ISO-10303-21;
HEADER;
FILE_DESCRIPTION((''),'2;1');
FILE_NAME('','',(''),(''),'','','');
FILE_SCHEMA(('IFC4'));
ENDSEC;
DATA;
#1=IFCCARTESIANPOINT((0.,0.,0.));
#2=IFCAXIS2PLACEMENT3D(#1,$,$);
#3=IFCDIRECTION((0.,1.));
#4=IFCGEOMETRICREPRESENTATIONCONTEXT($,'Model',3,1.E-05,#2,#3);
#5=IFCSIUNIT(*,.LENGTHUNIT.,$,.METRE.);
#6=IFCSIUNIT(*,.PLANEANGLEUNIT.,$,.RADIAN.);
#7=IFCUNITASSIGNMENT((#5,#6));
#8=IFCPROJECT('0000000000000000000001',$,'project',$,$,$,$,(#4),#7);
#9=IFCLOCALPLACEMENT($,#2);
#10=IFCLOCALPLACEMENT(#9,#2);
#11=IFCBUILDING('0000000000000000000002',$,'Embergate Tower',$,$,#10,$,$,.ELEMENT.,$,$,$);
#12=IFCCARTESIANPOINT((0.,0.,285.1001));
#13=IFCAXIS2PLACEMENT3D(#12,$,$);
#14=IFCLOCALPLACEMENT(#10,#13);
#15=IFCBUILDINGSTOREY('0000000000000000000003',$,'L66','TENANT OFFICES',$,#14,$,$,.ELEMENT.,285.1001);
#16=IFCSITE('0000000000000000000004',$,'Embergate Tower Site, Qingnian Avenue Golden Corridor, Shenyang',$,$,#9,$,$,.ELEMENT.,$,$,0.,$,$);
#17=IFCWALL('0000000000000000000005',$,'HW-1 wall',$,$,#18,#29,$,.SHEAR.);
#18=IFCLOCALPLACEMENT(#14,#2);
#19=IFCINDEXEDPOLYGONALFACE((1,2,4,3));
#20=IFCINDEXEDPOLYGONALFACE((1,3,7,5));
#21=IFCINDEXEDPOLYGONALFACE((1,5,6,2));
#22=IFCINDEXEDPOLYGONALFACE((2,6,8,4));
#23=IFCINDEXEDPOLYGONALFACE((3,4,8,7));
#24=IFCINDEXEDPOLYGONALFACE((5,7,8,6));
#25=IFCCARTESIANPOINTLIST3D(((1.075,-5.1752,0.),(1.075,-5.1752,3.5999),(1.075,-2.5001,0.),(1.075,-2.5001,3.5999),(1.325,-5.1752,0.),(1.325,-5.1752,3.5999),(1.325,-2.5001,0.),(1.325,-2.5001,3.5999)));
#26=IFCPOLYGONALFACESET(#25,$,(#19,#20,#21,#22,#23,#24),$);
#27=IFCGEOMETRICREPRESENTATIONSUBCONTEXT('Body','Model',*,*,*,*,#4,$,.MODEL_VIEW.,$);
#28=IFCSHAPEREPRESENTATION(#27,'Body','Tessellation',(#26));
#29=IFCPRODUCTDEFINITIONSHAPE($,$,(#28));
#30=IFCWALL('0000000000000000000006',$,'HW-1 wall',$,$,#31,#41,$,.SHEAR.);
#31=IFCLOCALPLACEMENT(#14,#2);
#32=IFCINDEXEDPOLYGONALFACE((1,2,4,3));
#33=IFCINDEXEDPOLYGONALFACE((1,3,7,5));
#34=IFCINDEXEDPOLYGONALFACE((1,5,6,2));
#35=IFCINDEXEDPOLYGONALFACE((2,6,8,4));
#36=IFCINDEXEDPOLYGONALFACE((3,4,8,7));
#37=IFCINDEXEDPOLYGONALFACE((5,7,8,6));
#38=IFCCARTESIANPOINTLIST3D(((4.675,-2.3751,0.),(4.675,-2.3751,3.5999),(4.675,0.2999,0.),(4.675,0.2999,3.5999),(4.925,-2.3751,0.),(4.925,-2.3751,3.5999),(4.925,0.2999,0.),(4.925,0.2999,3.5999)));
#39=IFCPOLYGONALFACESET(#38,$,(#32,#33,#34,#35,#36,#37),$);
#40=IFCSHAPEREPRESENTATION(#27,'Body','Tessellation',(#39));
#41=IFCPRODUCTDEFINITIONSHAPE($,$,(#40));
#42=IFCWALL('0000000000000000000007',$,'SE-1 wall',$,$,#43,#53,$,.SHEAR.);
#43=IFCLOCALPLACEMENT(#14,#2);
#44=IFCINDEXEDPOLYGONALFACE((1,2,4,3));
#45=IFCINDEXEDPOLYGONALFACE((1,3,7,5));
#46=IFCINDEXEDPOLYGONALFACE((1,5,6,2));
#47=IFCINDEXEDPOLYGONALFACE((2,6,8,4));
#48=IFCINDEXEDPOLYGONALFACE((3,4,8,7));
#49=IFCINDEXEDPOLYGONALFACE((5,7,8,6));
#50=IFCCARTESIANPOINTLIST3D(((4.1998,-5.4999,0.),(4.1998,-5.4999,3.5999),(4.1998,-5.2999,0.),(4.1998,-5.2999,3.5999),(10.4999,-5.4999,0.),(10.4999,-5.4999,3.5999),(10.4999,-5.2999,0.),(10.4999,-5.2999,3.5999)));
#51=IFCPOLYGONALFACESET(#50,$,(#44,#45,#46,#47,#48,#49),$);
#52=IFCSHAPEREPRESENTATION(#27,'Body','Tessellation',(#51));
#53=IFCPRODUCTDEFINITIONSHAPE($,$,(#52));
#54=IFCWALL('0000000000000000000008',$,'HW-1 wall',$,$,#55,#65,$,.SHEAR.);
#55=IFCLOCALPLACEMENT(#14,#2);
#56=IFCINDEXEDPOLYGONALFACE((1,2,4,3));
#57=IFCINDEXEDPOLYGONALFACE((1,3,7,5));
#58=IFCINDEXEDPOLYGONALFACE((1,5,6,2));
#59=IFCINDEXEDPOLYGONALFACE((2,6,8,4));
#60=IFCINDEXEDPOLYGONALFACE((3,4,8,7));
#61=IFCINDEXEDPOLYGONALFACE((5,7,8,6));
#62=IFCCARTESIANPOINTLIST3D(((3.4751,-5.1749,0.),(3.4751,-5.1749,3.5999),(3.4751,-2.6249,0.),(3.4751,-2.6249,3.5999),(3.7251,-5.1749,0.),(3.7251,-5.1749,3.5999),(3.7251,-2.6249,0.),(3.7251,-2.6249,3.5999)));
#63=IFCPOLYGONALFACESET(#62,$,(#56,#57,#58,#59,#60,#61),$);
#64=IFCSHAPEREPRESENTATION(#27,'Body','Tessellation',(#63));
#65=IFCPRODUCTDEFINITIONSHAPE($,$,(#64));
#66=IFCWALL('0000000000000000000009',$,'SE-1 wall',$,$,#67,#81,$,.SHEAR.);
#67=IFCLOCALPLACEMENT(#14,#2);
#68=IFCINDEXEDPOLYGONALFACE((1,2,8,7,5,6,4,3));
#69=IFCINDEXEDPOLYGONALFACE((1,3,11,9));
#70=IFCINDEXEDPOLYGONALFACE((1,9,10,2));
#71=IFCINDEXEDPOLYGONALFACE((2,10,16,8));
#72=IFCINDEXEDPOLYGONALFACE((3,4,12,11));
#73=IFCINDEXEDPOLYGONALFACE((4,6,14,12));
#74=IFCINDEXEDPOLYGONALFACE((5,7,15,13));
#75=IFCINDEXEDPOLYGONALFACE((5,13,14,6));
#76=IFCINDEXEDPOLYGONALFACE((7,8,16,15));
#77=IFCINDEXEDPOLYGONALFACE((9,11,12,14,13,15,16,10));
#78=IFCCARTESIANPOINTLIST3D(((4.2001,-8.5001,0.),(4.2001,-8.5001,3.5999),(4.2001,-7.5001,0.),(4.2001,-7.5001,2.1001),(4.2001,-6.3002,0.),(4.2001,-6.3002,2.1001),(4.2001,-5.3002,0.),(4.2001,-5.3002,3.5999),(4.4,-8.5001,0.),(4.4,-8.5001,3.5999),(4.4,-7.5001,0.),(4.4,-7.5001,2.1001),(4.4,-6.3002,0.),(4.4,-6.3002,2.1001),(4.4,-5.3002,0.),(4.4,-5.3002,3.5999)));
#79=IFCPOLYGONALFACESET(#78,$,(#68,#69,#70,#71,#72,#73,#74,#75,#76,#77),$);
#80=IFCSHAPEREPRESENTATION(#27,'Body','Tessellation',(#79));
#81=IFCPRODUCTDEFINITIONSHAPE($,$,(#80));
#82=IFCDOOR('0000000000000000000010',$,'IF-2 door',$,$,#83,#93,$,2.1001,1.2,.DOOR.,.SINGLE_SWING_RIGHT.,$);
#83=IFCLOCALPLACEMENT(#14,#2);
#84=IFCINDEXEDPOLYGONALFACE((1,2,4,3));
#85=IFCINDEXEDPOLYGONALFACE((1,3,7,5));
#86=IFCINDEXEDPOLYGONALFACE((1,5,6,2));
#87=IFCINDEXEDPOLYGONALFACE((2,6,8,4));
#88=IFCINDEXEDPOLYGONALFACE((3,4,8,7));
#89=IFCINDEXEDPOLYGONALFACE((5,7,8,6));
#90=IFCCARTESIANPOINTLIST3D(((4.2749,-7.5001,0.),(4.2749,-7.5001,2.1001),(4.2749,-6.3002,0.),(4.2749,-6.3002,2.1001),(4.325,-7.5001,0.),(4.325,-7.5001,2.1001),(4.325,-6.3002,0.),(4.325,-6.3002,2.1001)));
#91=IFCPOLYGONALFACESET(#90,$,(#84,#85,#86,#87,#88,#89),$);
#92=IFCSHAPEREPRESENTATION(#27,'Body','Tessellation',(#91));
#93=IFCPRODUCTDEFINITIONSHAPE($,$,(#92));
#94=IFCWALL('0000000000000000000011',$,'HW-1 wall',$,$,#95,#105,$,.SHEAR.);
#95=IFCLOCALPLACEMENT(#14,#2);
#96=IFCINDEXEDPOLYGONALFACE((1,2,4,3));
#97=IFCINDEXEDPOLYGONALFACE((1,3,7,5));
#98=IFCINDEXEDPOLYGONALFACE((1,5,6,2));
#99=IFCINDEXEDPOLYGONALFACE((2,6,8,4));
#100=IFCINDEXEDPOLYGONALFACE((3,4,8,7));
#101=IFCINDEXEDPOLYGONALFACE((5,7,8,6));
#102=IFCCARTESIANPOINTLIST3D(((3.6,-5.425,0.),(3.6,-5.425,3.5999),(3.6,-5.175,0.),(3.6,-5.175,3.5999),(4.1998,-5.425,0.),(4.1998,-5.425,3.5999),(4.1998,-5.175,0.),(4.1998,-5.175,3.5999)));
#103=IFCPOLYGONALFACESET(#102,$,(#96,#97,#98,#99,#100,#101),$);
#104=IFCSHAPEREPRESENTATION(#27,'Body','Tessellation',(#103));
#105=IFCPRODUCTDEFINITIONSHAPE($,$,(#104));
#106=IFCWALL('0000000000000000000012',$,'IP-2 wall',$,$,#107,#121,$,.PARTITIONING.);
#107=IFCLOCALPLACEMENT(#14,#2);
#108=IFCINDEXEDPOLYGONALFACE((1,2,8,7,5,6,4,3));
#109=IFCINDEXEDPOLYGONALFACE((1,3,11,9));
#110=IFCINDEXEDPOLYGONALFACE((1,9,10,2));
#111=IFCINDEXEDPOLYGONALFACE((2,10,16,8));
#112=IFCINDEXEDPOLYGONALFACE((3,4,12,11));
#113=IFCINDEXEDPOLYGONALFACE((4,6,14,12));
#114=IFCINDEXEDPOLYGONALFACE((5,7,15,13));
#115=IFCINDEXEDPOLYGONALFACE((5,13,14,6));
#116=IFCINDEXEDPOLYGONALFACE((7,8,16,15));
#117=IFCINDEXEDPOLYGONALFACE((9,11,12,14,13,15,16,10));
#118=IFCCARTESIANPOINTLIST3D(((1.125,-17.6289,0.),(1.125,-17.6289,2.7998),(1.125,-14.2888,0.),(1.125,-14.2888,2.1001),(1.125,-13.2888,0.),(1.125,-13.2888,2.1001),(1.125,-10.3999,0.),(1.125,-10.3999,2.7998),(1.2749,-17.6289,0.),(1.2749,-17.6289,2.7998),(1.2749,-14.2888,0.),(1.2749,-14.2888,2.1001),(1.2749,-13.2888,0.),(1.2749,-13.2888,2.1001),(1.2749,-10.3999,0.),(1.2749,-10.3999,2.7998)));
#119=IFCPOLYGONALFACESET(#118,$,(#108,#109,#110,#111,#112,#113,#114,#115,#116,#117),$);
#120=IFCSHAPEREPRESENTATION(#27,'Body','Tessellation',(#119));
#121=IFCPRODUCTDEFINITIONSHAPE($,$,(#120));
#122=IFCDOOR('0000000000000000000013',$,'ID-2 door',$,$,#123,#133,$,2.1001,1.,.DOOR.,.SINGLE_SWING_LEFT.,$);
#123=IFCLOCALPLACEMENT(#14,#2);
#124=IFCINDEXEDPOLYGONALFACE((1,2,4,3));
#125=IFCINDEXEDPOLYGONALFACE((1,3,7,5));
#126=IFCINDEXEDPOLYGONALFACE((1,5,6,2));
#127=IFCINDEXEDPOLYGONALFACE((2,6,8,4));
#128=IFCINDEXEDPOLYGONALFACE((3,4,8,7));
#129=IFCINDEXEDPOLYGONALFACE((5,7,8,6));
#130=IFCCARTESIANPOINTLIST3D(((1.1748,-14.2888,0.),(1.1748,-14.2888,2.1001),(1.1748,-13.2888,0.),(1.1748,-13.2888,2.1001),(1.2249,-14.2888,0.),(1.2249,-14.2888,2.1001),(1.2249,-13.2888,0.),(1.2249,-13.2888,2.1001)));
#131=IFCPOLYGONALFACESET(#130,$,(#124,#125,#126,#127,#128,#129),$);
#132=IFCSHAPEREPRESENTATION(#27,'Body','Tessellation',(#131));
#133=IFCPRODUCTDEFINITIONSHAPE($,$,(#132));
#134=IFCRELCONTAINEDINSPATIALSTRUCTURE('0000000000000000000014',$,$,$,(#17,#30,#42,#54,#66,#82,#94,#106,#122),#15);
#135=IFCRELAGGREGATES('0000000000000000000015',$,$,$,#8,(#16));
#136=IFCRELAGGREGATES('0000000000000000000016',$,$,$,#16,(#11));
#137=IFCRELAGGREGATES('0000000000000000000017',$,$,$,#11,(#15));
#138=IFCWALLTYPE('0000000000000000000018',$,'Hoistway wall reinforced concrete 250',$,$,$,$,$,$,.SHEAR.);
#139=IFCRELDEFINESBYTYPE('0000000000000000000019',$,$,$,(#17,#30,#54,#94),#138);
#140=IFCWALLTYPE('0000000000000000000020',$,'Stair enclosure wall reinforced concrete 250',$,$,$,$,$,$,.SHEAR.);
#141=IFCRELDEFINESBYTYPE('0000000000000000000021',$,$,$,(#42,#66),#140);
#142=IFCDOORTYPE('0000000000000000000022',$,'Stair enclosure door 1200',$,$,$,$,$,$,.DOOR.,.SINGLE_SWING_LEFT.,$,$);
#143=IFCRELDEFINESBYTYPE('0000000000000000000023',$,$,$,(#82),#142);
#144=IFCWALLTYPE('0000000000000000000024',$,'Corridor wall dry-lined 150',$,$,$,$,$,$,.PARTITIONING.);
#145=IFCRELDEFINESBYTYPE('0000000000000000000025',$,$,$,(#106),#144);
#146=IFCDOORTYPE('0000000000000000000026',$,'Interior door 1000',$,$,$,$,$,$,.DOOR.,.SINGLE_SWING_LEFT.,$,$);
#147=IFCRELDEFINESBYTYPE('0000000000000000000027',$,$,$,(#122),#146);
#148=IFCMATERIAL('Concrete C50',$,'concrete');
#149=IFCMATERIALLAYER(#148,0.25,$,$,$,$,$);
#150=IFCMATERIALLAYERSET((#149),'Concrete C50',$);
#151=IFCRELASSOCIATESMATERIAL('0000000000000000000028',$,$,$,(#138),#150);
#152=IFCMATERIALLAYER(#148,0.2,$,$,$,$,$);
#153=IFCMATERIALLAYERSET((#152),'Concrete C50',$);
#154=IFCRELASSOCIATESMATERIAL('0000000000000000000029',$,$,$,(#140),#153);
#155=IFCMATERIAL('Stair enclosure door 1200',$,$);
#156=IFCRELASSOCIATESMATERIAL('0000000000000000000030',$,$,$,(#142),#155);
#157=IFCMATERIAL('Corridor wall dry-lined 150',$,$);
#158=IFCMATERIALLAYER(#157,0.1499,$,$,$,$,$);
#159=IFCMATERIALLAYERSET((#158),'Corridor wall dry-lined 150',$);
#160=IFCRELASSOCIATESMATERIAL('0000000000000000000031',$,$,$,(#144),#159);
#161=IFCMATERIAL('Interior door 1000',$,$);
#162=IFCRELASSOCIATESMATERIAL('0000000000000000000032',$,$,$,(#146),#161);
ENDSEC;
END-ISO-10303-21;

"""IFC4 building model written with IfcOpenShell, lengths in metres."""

from ifc_helpers import new_model, si_unit, direction, frame, frame_2d, origin, place, context, subcontext, project, spatial, rectangle, extrude, source, transform, mapped, material, layer, layer_set, type_object, element, fill, save


model = new_model("IFC4")

# Units and contexts
model_context = context("Model", 3, precision=1e-05, world=origin(), true_north=direction((0.0, 1.0)))
body_context = subcontext(model_context, "Body", "Model", "MODEL_VIEW")
ifc_project = project(units=[si_unit("LENGTHUNIT", "METRE"), si_unit("PLANEANGLEUNIT", "RADIAN")], contexts=[model_context])

# Site, building, storey
site_placement = place(None, origin())
site = spatial("IfcSite", under=ifc_project, at=site_placement, Name="Embergate Tower Site, Qingnian Avenue Golden Corridor, Shenyang", CompositionType="ELEMENT", RefElevation=0.0)
building_placement = place(site_placement, origin())
building = spatial("IfcBuilding", under=site, at=building_placement, Name="Embergate Tower", CompositionType="ELEMENT")
storey_placement = place(building_placement, frame((0.0, 0.0, 285.1001)))
storey = spatial("IfcBuildingStorey", under=building, at=storey_placement, Name="L66", Description="TENANT OFFICES", CompositionType="ELEMENT", Elevation=285.1001)

# Walls
ifc_material_1 = material(Name="Concrete C50", Category="concrete")
ifc_layer_1 = layer(ifc_material_1, 0.25)
ifc_layer_set_1 = layer_set([ifc_layer_1], Name="Concrete C50")
wall_type_1 = type_object("IfcWallType", Name="Hoistway wall reinforced concrete 250", PredefinedType="SHEAR", material=ifc_layer_set_1)
shared_shape_1 = source(origin(), body_context, "Body", "SweptSolid", [
    extrude(rectangle(XDim=2.675, YDim=0.25, at=frame_2d((1.3374, 0.0))), origin(), (0.0, 0.0, 1.0), 3.5999),
])
for number, where, z_axis, x_axis, name in (
    (1, (1.2, -5.175, 0.0), (0.0, 0.0, 1.0), (0.0, 1.0, 0.0), "HW-1 wall"),
    (2, (4.8, -2.375, 0.0), (0.0, 0.0, 1.0), (0.0, 1.0, 0.0), "HW-1 wall"),
):
    element("IfcWall", number, at=place(storey_placement, frame(where, z_axis=z_axis, x_axis=x_axis)), inside=storey, type_object=wall_type_1, Name=name, PredefinedType="SHEAR", context=body_context, shape_type="MappedRepresentation", body=[
        mapped(shared_shape_1, transform((0.0, 0.0, 0.0))),
    ])
ifc_layer_2 = layer(ifc_material_1, 0.2)
ifc_layer_set_2 = layer_set([ifc_layer_2], Name="Concrete C50")
wall_type_2 = type_object("IfcWallType", Name="Stair enclosure wall reinforced concrete 250", PredefinedType="SHEAR", material=ifc_layer_set_2)
shared_shape_2 = source(origin(), body_context, "Body", "SweptSolid", [
    extrude(rectangle(XDim=6.3, YDim=0.2, at=frame_2d((3.1499, 0.0))), origin(), (0.0, 0.0, 1.0), 3.5999),
])
wall_1_placement = place(storey_placement, frame((4.2, -5.3999, 0.0), z_axis=(0.0, 0.0, 1.0), x_axis=(1.0, 0.0, 0.0)))
element("IfcWall", 3, at=wall_1_placement, inside=storey, type_object=wall_type_2, Name="SE-1 wall", PredefinedType="SHEAR", context=body_context, shape_type="MappedRepresentation", body=[
    mapped(shared_shape_2, transform((0.0, 0.0, 0.0))),
])
shared_shape_3 = source(origin(), body_context, "Body", "SweptSolid", [
    extrude(rectangle(XDim=2.55, YDim=0.25, at=frame_2d((1.2749, 0.0))), origin(), (0.0, 0.0, 1.0), 3.5999),
])
wall_2_placement = place(storey_placement, frame((3.6001, -2.625, 0.0), z_axis=(0.0, 0.0, 1.0), x_axis=(0.0, -1.0, 0.0)))
element("IfcWall", 4, at=wall_2_placement, inside=storey, type_object=wall_type_1, Name="HW-1 wall", PredefinedType="SHEAR", context=body_context, shape_type="MappedRepresentation", body=[
    mapped(shared_shape_3, transform((0.0, 0.0, 0.0))),
])

# Wall, opening, door
shared_shape_4 = source(origin(), body_context, "Body", "SweptSolid", [
    extrude(rectangle(XDim=3.2, YDim=0.2, at=frame_2d((1.6001, 0.0))), origin(), (0.0, 0.0, 1.0), 3.5999),
])
wall_3_placement = place(storey_placement, frame((4.3, -5.3, 0.0), z_axis=(0.0, 0.0, 1.0), x_axis=(0.0, -1.0, 0.0)))
wall_3 = element("IfcWall", 5, at=wall_3_placement, inside=storey, type_object=wall_type_2, Name="SE-1 wall", PredefinedType="SHEAR", context=body_context, shape_type="MappedRepresentation", body=[
    mapped(shared_shape_4, transform((0.0, 0.0, 0.0))),
])
shared_shape_5 = source(origin(), body_context, "Body", "SweptSolid", [
    extrude(rectangle(XDim=1.2, YDim=2.1001, at=frame_2d((0.6001, 1.05))), frame((0.0, 0.1099, 0.0), z_axis=(0.0, -1.0, 0.0), x_axis=(1.0, 0.0, 0.0)), (0.0, 0.0, 1.0), 0.22),
])
opening_1_placement = place(wall_3_placement, frame((1.0, 0.0, 0.0)))
opening_1 = element("IfcOpeningElement", 6, at=opening_1_placement, cuts=wall_3, PredefinedType="OPENING", context=body_context, shape_type="MappedRepresentation", body=[
    mapped(shared_shape_5, transform((0.0, 0.0, 0.0))),
])
ifc_material_2 = material(Name="Stair enclosure door 1200")
door_type_1 = type_object("IfcDoorType", Name="Stair enclosure door 1200", OperationType="SINGLE_SWING_LEFT", PredefinedType="DOOR", material=ifc_material_2)
shared_shape_6 = source(origin(), body_context, "Body", "SweptSolid", [
    extrude(rectangle(XDim=1.2, YDim=2.1001, at=frame_2d((0.6001, 1.05))), frame((0.0, 0.0249, 0.0), z_axis=(0.0, -1.0, 0.0), x_axis=(1.0, 0.0, 0.0)), (0.0, 0.0, 1.0), 0.05),
])
door_1_placement = place(opening_1_placement, origin())
door_1 = element("IfcDoor", 7, at=door_1_placement, inside=storey, type_object=door_type_1, Name="IF-2 door", OperationType="SINGLE_SWING_RIGHT", OverallHeight=2.1001, OverallWidth=1.2, PredefinedType="DOOR", context=body_context, shape_type="MappedRepresentation", body=[
    mapped(shared_shape_6, transform((0.0, 0.0, 0.0))),
])
fill(opening_1, door_1)

# Wall
shared_shape_7 = source(origin(), body_context, "Body", "SweptSolid", [
    extrude(rectangle(XDim=0.5999, YDim=0.25, at=frame_2d((0.2998, 0.0))), origin(), (0.0, 0.0, 1.0), 3.5999),
])
wall_4_placement = place(storey_placement, frame((3.6001, -5.3, 0.0), z_axis=(0.0, 0.0, 1.0), x_axis=(1.0, 0.0, 0.0)))
element("IfcWall", 8, at=wall_4_placement, inside=storey, type_object=wall_type_1, Name="HW-1 wall", PredefinedType="SHEAR", context=body_context, shape_type="MappedRepresentation", body=[
    mapped(shared_shape_7, transform((0.0, 0.0, 0.0))),
])

# Wall, opening, door
ifc_material_3 = material(Name="Corridor wall dry-lined 150")
ifc_layer_3 = layer(ifc_material_3, 0.1499)
ifc_layer_set_3 = layer_set([ifc_layer_3], Name="Corridor wall dry-lined 150")
wall_type_3 = type_object("IfcWallType", Name="Corridor wall dry-lined 150", PredefinedType="PARTITIONING", material=ifc_layer_set_3)
shared_shape_8 = source(origin(), body_context, "Body", "SweptSolid", [
    extrude(rectangle(XDim=7.229, YDim=0.1499, at=frame_2d((3.6145, 0.0))), origin(), (0.0, 0.0, 1.0), 2.7998),
])
wall_5_placement = place(storey_placement, frame((1.2, -10.3999, 0.0), z_axis=(0.0, 0.0, 1.0), x_axis=(0.0, -1.0, 0.0)))
wall_5 = element("IfcWall", 9, at=wall_5_placement, inside=storey, type_object=wall_type_3, Name="IP-2 wall", PredefinedType="PARTITIONING", context=body_context, shape_type="MappedRepresentation", body=[
    mapped(shared_shape_8, transform((0.0, 0.0, 0.0))),
])
shared_shape_9 = source(origin(), body_context, "Body", "SweptSolid", [
    extrude(rectangle(XDim=1.0, YDim=2.1001, at=frame_2d((0.5, 1.05))), frame((0.0, 0.085, 0.0), z_axis=(0.0, -1.0, 0.0), x_axis=(1.0, 0.0, 0.0)), (0.0, 0.0, 1.0), 0.1699),
])
opening_2_placement = place(wall_5_placement, frame((2.8889, 0.0, 0.0)))
opening_2 = element("IfcOpeningElement", 10, at=opening_2_placement, cuts=wall_5, PredefinedType="OPENING", context=body_context, shape_type="MappedRepresentation", body=[
    mapped(shared_shape_9, transform((0.0, 0.0, 0.0))),
])
ifc_material_4 = material(Name="Interior door 1000")
door_type_2 = type_object("IfcDoorType", Name="Interior door 1000", OperationType="SINGLE_SWING_LEFT", PredefinedType="DOOR", material=ifc_material_4)
shared_shape_10 = source(origin(), body_context, "Body", "SweptSolid", [
    extrude(rectangle(XDim=1.0, YDim=2.1001, at=frame_2d((0.5, 1.05))), frame((0.0, 0.0249, 0.0), z_axis=(0.0, -1.0, 0.0), x_axis=(1.0, 0.0, 0.0)), (0.0, 0.0, 1.0), 0.05),
])
door_2_placement = place(opening_2_placement, origin())
door_2 = element("IfcDoor", 11, at=door_2_placement, inside=storey, type_object=door_type_2, Name="ID-2 door", OperationType="SINGLE_SWING_LEFT", OverallHeight=2.1001, OverallWidth=1.0, PredefinedType="DOOR", context=body_context, shape_type="MappedRepresentation", body=[
    mapped(shared_shape_10, transform((0.0, 0.0, 0.0))),
])
fill(opening_2, door_2)

save(model, "model.ifc")
